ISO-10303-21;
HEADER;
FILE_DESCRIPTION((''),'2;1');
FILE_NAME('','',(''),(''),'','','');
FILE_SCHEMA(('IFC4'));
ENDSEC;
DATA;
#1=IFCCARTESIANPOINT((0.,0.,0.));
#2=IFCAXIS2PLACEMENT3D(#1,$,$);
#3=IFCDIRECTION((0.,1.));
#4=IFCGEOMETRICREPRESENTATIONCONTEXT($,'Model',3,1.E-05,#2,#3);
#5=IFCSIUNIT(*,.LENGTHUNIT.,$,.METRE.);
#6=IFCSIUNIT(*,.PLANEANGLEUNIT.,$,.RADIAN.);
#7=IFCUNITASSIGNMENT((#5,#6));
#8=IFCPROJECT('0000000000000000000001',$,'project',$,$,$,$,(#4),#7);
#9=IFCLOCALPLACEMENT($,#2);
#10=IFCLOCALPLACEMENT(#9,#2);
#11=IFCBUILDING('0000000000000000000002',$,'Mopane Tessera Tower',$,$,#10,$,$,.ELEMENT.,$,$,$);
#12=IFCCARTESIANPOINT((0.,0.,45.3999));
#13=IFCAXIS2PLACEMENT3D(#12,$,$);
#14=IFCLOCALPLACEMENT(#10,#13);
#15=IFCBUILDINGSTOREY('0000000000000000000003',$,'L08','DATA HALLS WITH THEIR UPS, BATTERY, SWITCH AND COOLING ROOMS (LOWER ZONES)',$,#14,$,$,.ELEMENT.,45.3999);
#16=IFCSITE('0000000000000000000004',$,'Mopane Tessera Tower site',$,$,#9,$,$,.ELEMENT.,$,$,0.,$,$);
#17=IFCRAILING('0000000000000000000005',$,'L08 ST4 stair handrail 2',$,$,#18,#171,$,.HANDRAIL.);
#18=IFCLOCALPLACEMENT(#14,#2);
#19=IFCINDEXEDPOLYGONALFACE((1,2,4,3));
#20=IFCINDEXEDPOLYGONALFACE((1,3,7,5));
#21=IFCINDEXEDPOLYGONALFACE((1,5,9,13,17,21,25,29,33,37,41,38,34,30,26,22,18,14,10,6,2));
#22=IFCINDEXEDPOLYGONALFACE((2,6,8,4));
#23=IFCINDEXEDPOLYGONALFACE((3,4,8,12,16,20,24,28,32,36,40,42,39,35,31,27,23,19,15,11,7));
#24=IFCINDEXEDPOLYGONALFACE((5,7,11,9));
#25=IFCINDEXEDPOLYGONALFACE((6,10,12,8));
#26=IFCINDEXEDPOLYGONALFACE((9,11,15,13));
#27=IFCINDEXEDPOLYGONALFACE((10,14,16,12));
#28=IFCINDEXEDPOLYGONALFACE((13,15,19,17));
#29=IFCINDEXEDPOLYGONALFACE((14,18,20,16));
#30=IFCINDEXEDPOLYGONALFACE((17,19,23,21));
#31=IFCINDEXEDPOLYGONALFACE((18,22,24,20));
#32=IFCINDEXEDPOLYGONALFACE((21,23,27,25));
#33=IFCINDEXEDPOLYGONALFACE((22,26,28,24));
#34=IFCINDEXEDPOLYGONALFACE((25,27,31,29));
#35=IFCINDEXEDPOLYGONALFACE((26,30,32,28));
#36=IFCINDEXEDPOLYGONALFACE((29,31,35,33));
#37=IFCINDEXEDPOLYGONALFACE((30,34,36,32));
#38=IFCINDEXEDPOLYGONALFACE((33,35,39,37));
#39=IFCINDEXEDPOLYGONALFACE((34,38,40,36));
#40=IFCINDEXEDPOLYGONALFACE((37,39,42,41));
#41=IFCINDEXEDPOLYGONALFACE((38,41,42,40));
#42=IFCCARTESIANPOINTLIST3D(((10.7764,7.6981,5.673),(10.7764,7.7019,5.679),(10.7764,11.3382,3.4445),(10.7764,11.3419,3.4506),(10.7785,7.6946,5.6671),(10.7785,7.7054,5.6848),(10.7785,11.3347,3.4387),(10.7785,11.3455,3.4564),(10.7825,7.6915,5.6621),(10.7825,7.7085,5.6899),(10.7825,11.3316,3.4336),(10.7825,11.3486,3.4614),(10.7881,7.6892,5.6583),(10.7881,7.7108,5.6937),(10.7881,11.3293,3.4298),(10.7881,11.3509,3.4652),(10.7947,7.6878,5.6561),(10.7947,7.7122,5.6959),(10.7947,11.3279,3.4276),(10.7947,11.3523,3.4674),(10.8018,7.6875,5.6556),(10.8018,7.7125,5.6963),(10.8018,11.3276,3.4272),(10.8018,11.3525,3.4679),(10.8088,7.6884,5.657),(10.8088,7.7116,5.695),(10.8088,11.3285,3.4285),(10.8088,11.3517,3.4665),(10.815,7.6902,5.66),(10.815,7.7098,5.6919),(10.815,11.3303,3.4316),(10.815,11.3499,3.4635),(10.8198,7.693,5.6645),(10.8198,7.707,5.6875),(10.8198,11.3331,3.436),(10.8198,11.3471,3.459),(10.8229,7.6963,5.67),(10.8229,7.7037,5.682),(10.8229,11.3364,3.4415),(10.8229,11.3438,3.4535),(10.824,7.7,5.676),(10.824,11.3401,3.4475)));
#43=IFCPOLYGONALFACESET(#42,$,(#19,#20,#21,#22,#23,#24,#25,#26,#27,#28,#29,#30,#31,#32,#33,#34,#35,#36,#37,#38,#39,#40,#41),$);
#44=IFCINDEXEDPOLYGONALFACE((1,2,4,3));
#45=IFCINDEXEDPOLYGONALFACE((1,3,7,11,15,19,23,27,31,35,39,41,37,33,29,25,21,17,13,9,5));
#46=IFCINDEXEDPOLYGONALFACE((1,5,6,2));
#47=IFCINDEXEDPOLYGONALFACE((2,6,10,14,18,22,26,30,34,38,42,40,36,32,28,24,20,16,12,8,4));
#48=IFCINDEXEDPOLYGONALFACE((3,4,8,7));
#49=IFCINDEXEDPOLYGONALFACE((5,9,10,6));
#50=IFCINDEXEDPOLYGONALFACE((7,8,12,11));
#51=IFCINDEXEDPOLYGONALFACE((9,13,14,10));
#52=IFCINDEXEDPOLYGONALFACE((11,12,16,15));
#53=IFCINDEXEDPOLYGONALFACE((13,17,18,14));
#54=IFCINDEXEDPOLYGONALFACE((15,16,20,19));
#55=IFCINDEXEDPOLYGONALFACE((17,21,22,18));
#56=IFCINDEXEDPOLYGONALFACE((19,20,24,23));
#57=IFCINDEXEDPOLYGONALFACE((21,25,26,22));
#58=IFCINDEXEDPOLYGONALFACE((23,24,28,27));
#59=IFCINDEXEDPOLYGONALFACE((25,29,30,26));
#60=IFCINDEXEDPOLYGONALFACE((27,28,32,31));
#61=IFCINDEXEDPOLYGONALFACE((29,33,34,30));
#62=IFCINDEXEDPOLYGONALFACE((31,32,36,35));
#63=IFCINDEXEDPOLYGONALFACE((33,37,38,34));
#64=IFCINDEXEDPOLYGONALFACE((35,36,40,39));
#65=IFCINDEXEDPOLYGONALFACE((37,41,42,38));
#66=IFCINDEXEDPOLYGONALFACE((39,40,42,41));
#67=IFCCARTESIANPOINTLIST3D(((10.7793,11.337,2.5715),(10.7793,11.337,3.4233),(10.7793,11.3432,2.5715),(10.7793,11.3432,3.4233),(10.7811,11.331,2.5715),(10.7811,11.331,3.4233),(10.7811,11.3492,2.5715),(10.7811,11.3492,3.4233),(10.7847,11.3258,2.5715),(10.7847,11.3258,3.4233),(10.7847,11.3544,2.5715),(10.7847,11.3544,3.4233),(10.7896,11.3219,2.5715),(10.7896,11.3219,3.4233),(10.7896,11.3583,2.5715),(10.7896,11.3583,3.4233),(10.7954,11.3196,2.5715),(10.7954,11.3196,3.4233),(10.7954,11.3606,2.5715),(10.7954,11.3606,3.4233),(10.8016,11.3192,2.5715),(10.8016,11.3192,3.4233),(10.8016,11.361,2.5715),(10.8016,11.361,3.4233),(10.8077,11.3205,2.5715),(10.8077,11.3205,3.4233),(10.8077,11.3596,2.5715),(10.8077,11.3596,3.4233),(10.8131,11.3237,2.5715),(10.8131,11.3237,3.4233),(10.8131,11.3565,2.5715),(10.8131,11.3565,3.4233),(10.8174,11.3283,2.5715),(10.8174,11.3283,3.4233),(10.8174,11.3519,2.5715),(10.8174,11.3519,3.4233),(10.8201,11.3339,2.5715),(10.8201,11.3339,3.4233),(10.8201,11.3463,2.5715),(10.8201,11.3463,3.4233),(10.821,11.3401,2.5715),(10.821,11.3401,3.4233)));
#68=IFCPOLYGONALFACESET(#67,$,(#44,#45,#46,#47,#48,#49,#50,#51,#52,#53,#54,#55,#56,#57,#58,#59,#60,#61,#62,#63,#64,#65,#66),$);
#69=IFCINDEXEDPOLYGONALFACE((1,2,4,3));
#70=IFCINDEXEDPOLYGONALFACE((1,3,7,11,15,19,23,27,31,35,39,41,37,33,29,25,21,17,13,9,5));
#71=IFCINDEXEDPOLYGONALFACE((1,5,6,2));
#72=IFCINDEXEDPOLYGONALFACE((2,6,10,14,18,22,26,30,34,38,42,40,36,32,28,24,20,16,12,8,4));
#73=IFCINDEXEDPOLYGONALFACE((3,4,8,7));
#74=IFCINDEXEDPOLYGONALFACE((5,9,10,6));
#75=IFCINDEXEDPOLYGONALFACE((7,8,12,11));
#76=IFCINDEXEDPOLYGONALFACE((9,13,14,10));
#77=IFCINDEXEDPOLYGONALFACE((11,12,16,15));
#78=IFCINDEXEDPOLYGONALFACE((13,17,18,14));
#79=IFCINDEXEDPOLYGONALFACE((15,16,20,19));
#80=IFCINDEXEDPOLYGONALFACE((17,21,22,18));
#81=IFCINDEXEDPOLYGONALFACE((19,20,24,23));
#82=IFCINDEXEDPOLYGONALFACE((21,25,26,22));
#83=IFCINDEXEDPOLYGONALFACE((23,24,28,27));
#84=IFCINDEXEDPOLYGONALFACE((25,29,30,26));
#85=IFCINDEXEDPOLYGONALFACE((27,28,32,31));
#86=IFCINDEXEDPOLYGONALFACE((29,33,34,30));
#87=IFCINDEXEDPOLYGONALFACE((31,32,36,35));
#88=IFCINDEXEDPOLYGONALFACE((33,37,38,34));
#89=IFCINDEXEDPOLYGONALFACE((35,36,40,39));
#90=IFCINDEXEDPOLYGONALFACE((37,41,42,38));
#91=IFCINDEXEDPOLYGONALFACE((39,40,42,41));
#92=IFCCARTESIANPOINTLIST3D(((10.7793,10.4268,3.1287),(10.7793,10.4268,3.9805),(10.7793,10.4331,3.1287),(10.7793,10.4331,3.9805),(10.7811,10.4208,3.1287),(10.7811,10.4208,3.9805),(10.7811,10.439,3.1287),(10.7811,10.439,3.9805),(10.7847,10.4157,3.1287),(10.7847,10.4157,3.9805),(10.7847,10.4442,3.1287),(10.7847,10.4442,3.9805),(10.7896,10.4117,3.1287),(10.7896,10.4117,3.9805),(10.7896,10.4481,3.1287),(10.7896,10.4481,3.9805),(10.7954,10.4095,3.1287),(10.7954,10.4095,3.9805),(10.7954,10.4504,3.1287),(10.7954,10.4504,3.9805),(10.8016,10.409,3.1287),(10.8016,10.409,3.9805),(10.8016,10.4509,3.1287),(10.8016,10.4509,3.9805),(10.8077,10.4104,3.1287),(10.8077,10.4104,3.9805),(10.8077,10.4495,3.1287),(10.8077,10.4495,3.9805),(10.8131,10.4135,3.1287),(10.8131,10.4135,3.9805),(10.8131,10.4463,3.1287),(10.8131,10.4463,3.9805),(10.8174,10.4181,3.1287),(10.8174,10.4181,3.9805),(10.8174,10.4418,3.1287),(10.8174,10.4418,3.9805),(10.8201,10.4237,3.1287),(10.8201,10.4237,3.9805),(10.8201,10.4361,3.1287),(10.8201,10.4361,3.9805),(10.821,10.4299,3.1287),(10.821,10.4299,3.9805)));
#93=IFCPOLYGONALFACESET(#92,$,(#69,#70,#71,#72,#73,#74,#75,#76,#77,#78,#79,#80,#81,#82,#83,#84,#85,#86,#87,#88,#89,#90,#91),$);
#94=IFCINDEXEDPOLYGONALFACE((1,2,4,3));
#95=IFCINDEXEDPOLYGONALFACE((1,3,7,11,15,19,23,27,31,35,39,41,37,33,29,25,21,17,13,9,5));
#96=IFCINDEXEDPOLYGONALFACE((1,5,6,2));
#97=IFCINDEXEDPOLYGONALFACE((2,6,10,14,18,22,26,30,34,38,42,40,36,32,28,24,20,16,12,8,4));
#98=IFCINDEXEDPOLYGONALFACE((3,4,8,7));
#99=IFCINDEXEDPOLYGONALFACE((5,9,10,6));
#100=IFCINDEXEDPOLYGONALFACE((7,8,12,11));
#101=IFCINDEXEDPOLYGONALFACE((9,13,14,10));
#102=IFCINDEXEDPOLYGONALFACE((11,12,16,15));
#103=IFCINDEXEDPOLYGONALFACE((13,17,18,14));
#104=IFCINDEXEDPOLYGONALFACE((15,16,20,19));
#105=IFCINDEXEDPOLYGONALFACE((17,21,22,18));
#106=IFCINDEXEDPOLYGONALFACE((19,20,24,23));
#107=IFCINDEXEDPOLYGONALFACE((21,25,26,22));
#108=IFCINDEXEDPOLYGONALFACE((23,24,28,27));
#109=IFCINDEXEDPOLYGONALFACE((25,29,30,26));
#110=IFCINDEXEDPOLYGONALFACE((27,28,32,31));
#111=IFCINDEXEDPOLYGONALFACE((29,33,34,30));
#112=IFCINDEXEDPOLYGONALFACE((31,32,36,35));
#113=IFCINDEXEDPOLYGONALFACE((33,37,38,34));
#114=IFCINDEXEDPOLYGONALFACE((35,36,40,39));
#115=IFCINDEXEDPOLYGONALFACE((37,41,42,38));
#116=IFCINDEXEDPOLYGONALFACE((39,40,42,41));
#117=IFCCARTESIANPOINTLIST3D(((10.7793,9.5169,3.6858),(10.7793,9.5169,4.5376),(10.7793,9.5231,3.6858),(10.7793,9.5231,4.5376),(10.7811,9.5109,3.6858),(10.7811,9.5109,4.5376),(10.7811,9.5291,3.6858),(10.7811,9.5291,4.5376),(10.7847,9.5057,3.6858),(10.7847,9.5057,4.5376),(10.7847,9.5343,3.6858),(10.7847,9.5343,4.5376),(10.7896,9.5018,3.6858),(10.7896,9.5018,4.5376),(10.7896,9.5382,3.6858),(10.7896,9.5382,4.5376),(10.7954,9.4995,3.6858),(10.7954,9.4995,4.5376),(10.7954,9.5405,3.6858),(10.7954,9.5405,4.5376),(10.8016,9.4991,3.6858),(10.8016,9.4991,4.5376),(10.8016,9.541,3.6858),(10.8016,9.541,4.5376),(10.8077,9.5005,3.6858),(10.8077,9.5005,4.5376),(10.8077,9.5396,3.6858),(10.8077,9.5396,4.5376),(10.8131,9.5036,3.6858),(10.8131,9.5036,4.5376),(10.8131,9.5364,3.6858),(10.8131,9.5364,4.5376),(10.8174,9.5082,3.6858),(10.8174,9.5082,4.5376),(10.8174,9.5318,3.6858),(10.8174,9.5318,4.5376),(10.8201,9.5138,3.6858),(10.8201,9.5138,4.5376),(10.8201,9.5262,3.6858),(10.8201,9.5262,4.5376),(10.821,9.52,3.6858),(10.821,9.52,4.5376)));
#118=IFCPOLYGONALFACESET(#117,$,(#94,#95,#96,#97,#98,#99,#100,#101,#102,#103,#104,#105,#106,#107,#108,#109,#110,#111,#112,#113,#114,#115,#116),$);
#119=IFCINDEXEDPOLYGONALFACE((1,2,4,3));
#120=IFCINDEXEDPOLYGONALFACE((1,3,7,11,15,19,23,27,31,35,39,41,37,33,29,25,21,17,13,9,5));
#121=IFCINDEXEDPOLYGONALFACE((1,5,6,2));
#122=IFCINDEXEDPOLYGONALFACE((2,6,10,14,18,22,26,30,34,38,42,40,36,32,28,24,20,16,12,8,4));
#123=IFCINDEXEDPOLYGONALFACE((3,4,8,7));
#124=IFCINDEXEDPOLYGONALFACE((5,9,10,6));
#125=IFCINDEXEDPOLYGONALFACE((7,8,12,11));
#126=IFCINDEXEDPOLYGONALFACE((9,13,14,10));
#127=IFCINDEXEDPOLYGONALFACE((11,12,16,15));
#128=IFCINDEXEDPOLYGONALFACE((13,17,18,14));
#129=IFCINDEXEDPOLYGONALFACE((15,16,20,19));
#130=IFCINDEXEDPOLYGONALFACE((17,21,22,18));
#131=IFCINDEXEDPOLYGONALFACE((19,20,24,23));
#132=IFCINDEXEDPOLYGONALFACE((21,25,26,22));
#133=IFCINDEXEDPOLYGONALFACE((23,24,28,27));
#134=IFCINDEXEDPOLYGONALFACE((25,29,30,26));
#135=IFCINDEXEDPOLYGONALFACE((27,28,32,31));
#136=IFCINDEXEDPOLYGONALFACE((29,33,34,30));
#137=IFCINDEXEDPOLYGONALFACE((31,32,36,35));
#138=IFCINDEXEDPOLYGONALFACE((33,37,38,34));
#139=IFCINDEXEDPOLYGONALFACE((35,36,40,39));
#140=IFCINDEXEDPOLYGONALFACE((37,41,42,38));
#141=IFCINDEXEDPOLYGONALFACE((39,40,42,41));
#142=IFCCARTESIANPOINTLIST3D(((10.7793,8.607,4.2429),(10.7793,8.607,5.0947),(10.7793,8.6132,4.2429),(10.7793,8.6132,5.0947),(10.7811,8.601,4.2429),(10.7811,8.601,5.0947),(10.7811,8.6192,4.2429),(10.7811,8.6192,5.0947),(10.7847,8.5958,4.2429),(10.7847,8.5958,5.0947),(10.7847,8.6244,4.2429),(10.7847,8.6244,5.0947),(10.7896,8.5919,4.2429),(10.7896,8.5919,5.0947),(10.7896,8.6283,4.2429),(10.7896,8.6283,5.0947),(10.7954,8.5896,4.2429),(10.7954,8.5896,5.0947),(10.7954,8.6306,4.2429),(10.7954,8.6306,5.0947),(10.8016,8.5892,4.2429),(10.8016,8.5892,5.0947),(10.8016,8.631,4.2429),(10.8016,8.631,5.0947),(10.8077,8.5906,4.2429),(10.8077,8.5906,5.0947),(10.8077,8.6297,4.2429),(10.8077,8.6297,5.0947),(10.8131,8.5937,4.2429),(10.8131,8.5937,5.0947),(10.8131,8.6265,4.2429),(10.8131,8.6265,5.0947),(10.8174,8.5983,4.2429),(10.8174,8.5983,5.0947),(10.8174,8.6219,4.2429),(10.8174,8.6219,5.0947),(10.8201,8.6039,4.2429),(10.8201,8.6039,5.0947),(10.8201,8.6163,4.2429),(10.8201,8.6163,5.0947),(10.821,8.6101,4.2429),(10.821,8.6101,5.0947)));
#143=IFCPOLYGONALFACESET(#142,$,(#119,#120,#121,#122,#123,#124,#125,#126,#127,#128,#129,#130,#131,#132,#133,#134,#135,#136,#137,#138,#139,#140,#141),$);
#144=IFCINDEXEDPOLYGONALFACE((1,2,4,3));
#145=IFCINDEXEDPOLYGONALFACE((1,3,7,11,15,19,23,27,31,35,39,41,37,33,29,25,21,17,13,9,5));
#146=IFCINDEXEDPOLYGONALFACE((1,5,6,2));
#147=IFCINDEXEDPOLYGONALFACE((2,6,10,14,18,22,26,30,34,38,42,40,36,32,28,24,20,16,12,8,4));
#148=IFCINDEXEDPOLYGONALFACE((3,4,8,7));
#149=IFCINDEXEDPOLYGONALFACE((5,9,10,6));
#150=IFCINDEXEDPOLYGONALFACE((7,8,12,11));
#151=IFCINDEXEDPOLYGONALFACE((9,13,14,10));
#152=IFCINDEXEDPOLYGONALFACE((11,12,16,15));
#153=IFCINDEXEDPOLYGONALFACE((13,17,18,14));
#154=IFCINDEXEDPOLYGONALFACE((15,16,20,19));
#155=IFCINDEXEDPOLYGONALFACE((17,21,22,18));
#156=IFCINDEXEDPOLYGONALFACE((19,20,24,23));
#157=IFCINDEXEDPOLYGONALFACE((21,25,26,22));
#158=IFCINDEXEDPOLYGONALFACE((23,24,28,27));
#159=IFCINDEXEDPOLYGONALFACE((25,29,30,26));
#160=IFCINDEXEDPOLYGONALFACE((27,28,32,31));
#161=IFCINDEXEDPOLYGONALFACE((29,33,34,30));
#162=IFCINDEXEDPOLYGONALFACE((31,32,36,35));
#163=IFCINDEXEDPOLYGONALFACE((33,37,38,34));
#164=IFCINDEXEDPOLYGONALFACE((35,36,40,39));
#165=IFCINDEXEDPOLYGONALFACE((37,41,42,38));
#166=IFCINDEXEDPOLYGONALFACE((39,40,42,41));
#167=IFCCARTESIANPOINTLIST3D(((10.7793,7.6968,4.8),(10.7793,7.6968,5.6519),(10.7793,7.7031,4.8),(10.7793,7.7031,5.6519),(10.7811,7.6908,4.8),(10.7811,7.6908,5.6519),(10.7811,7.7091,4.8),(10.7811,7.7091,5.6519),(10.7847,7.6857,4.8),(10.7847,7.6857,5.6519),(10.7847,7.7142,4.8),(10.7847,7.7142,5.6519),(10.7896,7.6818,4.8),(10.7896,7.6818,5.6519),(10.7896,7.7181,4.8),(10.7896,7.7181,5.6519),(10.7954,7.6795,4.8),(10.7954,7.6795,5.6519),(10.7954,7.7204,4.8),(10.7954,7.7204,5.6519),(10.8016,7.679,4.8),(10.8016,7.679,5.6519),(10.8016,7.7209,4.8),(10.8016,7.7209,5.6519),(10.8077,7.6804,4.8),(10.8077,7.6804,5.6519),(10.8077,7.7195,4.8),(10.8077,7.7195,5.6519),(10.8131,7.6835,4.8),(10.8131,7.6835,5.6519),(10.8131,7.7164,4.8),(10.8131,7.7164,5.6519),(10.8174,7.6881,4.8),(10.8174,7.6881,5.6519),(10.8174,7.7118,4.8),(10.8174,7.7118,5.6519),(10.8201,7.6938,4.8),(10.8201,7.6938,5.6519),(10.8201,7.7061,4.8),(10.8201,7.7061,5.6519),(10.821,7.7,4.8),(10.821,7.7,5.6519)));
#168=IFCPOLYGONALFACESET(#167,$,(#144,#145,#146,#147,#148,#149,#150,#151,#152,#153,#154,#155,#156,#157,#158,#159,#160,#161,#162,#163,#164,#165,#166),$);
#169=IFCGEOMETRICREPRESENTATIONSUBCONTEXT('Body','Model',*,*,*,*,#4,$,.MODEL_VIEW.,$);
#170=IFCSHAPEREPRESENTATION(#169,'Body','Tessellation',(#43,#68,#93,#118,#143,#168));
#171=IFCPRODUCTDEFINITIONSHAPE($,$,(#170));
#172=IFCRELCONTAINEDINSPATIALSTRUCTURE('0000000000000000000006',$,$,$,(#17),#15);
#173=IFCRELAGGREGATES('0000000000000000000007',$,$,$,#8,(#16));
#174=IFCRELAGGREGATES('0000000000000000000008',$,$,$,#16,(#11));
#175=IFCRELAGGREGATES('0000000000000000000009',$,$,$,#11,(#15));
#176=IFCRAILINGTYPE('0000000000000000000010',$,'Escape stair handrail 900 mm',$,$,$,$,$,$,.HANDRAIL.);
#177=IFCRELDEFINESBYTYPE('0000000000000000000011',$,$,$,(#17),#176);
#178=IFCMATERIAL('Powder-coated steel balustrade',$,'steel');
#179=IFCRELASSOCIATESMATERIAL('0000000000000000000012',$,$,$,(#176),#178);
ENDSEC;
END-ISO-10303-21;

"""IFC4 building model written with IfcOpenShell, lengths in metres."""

from ifc_helpers import new_model, si_unit, direction, frame, origin, origin_2d, place, context, subcontext, project, spatial, circle, extrude, material, type_object, element, save


model = new_model("IFC4")

# Units and contexts
model_context = context("Model", 3, precision=1e-05, world=origin(), true_north=direction((0.0, 1.0)))
body_context = subcontext(model_context, "Body", "Model", "MODEL_VIEW")
ifc_project = project(units=[si_unit("LENGTHUNIT", "METRE"), si_unit("PLANEANGLEUNIT", "RADIAN")], contexts=[model_context])

# Site, building, storey
site_placement = place(None, origin())
site = spatial("IfcSite", under=ifc_project, at=site_placement, Name="Mopane Tessera Tower site", CompositionType="ELEMENT", RefElevation=0.0)
building_placement = place(site_placement, origin())
building = spatial("IfcBuilding", under=site, at=building_placement, Name="Mopane Tessera Tower", CompositionType="ELEMENT")
storey_placement = place(building_placement, frame((0.0, 0.0, 45.3999)))
storey = spatial("IfcBuildingStorey", under=building, at=storey_placement, Name="L08", Description="DATA HALLS WITH THEIR UPS, BATTERY, SWITCH AND COOLING ROOMS (LOWER ZONES)", CompositionType="ELEMENT", Elevation=45.3999)

# Railing
ifc_material_1 = material(Name="Powder-coated steel balustrade", Category="steel")
railing_type_1 = type_object("IfcRailingType", Name="Escape stair handrail 900 mm", PredefinedType="HANDRAIL", material=ifc_material_1)
railing_1_placement = place(storey_placement, frame((10.8, 11.3401, 2.5715)))
element("IfcRailing", 1, at=railing_1_placement, inside=storey, type_object=railing_type_1, Name="L08 ST4 stair handrail 2", PredefinedType="HANDRAIL", context=body_context, shape_type="SweptSolid", body=[
    extrude(circle(Radius=0.0239, at=origin_2d()), frame((0.0, 0.0, 0.876), z_axis=(0.0, -0.852866, 0.52213), x_axis=(1.0, 0.0, 0.0)), (0.0, 0.0, 1.0), 4.2681),
    extrude(circle(Radius=0.021, at=origin_2d()), origin(), (0.0, 0.0, 1.0), 0.8518),
    extrude(circle(Radius=0.021, at=origin_2d()), frame((0.0, -0.9102, 0.5571)), (0.0, 0.0, 1.0), 0.8518),
    extrude(circle(Radius=0.021, at=origin_2d()), frame((0.0, -1.8201, 1.1143)), (0.0, 0.0, 1.0), 0.8518),
    extrude(circle(Radius=0.021, at=origin_2d()), frame((0.0, -2.73, 1.6714)), (0.0, 0.0, 1.0), 0.8518),
    extrude(circle(Radius=0.021, at=origin_2d()), frame((0.0, -3.6401, 2.2285)), (0.0, 0.0, 1.0), 0.8518),
])

save(model, "model.ifc")
